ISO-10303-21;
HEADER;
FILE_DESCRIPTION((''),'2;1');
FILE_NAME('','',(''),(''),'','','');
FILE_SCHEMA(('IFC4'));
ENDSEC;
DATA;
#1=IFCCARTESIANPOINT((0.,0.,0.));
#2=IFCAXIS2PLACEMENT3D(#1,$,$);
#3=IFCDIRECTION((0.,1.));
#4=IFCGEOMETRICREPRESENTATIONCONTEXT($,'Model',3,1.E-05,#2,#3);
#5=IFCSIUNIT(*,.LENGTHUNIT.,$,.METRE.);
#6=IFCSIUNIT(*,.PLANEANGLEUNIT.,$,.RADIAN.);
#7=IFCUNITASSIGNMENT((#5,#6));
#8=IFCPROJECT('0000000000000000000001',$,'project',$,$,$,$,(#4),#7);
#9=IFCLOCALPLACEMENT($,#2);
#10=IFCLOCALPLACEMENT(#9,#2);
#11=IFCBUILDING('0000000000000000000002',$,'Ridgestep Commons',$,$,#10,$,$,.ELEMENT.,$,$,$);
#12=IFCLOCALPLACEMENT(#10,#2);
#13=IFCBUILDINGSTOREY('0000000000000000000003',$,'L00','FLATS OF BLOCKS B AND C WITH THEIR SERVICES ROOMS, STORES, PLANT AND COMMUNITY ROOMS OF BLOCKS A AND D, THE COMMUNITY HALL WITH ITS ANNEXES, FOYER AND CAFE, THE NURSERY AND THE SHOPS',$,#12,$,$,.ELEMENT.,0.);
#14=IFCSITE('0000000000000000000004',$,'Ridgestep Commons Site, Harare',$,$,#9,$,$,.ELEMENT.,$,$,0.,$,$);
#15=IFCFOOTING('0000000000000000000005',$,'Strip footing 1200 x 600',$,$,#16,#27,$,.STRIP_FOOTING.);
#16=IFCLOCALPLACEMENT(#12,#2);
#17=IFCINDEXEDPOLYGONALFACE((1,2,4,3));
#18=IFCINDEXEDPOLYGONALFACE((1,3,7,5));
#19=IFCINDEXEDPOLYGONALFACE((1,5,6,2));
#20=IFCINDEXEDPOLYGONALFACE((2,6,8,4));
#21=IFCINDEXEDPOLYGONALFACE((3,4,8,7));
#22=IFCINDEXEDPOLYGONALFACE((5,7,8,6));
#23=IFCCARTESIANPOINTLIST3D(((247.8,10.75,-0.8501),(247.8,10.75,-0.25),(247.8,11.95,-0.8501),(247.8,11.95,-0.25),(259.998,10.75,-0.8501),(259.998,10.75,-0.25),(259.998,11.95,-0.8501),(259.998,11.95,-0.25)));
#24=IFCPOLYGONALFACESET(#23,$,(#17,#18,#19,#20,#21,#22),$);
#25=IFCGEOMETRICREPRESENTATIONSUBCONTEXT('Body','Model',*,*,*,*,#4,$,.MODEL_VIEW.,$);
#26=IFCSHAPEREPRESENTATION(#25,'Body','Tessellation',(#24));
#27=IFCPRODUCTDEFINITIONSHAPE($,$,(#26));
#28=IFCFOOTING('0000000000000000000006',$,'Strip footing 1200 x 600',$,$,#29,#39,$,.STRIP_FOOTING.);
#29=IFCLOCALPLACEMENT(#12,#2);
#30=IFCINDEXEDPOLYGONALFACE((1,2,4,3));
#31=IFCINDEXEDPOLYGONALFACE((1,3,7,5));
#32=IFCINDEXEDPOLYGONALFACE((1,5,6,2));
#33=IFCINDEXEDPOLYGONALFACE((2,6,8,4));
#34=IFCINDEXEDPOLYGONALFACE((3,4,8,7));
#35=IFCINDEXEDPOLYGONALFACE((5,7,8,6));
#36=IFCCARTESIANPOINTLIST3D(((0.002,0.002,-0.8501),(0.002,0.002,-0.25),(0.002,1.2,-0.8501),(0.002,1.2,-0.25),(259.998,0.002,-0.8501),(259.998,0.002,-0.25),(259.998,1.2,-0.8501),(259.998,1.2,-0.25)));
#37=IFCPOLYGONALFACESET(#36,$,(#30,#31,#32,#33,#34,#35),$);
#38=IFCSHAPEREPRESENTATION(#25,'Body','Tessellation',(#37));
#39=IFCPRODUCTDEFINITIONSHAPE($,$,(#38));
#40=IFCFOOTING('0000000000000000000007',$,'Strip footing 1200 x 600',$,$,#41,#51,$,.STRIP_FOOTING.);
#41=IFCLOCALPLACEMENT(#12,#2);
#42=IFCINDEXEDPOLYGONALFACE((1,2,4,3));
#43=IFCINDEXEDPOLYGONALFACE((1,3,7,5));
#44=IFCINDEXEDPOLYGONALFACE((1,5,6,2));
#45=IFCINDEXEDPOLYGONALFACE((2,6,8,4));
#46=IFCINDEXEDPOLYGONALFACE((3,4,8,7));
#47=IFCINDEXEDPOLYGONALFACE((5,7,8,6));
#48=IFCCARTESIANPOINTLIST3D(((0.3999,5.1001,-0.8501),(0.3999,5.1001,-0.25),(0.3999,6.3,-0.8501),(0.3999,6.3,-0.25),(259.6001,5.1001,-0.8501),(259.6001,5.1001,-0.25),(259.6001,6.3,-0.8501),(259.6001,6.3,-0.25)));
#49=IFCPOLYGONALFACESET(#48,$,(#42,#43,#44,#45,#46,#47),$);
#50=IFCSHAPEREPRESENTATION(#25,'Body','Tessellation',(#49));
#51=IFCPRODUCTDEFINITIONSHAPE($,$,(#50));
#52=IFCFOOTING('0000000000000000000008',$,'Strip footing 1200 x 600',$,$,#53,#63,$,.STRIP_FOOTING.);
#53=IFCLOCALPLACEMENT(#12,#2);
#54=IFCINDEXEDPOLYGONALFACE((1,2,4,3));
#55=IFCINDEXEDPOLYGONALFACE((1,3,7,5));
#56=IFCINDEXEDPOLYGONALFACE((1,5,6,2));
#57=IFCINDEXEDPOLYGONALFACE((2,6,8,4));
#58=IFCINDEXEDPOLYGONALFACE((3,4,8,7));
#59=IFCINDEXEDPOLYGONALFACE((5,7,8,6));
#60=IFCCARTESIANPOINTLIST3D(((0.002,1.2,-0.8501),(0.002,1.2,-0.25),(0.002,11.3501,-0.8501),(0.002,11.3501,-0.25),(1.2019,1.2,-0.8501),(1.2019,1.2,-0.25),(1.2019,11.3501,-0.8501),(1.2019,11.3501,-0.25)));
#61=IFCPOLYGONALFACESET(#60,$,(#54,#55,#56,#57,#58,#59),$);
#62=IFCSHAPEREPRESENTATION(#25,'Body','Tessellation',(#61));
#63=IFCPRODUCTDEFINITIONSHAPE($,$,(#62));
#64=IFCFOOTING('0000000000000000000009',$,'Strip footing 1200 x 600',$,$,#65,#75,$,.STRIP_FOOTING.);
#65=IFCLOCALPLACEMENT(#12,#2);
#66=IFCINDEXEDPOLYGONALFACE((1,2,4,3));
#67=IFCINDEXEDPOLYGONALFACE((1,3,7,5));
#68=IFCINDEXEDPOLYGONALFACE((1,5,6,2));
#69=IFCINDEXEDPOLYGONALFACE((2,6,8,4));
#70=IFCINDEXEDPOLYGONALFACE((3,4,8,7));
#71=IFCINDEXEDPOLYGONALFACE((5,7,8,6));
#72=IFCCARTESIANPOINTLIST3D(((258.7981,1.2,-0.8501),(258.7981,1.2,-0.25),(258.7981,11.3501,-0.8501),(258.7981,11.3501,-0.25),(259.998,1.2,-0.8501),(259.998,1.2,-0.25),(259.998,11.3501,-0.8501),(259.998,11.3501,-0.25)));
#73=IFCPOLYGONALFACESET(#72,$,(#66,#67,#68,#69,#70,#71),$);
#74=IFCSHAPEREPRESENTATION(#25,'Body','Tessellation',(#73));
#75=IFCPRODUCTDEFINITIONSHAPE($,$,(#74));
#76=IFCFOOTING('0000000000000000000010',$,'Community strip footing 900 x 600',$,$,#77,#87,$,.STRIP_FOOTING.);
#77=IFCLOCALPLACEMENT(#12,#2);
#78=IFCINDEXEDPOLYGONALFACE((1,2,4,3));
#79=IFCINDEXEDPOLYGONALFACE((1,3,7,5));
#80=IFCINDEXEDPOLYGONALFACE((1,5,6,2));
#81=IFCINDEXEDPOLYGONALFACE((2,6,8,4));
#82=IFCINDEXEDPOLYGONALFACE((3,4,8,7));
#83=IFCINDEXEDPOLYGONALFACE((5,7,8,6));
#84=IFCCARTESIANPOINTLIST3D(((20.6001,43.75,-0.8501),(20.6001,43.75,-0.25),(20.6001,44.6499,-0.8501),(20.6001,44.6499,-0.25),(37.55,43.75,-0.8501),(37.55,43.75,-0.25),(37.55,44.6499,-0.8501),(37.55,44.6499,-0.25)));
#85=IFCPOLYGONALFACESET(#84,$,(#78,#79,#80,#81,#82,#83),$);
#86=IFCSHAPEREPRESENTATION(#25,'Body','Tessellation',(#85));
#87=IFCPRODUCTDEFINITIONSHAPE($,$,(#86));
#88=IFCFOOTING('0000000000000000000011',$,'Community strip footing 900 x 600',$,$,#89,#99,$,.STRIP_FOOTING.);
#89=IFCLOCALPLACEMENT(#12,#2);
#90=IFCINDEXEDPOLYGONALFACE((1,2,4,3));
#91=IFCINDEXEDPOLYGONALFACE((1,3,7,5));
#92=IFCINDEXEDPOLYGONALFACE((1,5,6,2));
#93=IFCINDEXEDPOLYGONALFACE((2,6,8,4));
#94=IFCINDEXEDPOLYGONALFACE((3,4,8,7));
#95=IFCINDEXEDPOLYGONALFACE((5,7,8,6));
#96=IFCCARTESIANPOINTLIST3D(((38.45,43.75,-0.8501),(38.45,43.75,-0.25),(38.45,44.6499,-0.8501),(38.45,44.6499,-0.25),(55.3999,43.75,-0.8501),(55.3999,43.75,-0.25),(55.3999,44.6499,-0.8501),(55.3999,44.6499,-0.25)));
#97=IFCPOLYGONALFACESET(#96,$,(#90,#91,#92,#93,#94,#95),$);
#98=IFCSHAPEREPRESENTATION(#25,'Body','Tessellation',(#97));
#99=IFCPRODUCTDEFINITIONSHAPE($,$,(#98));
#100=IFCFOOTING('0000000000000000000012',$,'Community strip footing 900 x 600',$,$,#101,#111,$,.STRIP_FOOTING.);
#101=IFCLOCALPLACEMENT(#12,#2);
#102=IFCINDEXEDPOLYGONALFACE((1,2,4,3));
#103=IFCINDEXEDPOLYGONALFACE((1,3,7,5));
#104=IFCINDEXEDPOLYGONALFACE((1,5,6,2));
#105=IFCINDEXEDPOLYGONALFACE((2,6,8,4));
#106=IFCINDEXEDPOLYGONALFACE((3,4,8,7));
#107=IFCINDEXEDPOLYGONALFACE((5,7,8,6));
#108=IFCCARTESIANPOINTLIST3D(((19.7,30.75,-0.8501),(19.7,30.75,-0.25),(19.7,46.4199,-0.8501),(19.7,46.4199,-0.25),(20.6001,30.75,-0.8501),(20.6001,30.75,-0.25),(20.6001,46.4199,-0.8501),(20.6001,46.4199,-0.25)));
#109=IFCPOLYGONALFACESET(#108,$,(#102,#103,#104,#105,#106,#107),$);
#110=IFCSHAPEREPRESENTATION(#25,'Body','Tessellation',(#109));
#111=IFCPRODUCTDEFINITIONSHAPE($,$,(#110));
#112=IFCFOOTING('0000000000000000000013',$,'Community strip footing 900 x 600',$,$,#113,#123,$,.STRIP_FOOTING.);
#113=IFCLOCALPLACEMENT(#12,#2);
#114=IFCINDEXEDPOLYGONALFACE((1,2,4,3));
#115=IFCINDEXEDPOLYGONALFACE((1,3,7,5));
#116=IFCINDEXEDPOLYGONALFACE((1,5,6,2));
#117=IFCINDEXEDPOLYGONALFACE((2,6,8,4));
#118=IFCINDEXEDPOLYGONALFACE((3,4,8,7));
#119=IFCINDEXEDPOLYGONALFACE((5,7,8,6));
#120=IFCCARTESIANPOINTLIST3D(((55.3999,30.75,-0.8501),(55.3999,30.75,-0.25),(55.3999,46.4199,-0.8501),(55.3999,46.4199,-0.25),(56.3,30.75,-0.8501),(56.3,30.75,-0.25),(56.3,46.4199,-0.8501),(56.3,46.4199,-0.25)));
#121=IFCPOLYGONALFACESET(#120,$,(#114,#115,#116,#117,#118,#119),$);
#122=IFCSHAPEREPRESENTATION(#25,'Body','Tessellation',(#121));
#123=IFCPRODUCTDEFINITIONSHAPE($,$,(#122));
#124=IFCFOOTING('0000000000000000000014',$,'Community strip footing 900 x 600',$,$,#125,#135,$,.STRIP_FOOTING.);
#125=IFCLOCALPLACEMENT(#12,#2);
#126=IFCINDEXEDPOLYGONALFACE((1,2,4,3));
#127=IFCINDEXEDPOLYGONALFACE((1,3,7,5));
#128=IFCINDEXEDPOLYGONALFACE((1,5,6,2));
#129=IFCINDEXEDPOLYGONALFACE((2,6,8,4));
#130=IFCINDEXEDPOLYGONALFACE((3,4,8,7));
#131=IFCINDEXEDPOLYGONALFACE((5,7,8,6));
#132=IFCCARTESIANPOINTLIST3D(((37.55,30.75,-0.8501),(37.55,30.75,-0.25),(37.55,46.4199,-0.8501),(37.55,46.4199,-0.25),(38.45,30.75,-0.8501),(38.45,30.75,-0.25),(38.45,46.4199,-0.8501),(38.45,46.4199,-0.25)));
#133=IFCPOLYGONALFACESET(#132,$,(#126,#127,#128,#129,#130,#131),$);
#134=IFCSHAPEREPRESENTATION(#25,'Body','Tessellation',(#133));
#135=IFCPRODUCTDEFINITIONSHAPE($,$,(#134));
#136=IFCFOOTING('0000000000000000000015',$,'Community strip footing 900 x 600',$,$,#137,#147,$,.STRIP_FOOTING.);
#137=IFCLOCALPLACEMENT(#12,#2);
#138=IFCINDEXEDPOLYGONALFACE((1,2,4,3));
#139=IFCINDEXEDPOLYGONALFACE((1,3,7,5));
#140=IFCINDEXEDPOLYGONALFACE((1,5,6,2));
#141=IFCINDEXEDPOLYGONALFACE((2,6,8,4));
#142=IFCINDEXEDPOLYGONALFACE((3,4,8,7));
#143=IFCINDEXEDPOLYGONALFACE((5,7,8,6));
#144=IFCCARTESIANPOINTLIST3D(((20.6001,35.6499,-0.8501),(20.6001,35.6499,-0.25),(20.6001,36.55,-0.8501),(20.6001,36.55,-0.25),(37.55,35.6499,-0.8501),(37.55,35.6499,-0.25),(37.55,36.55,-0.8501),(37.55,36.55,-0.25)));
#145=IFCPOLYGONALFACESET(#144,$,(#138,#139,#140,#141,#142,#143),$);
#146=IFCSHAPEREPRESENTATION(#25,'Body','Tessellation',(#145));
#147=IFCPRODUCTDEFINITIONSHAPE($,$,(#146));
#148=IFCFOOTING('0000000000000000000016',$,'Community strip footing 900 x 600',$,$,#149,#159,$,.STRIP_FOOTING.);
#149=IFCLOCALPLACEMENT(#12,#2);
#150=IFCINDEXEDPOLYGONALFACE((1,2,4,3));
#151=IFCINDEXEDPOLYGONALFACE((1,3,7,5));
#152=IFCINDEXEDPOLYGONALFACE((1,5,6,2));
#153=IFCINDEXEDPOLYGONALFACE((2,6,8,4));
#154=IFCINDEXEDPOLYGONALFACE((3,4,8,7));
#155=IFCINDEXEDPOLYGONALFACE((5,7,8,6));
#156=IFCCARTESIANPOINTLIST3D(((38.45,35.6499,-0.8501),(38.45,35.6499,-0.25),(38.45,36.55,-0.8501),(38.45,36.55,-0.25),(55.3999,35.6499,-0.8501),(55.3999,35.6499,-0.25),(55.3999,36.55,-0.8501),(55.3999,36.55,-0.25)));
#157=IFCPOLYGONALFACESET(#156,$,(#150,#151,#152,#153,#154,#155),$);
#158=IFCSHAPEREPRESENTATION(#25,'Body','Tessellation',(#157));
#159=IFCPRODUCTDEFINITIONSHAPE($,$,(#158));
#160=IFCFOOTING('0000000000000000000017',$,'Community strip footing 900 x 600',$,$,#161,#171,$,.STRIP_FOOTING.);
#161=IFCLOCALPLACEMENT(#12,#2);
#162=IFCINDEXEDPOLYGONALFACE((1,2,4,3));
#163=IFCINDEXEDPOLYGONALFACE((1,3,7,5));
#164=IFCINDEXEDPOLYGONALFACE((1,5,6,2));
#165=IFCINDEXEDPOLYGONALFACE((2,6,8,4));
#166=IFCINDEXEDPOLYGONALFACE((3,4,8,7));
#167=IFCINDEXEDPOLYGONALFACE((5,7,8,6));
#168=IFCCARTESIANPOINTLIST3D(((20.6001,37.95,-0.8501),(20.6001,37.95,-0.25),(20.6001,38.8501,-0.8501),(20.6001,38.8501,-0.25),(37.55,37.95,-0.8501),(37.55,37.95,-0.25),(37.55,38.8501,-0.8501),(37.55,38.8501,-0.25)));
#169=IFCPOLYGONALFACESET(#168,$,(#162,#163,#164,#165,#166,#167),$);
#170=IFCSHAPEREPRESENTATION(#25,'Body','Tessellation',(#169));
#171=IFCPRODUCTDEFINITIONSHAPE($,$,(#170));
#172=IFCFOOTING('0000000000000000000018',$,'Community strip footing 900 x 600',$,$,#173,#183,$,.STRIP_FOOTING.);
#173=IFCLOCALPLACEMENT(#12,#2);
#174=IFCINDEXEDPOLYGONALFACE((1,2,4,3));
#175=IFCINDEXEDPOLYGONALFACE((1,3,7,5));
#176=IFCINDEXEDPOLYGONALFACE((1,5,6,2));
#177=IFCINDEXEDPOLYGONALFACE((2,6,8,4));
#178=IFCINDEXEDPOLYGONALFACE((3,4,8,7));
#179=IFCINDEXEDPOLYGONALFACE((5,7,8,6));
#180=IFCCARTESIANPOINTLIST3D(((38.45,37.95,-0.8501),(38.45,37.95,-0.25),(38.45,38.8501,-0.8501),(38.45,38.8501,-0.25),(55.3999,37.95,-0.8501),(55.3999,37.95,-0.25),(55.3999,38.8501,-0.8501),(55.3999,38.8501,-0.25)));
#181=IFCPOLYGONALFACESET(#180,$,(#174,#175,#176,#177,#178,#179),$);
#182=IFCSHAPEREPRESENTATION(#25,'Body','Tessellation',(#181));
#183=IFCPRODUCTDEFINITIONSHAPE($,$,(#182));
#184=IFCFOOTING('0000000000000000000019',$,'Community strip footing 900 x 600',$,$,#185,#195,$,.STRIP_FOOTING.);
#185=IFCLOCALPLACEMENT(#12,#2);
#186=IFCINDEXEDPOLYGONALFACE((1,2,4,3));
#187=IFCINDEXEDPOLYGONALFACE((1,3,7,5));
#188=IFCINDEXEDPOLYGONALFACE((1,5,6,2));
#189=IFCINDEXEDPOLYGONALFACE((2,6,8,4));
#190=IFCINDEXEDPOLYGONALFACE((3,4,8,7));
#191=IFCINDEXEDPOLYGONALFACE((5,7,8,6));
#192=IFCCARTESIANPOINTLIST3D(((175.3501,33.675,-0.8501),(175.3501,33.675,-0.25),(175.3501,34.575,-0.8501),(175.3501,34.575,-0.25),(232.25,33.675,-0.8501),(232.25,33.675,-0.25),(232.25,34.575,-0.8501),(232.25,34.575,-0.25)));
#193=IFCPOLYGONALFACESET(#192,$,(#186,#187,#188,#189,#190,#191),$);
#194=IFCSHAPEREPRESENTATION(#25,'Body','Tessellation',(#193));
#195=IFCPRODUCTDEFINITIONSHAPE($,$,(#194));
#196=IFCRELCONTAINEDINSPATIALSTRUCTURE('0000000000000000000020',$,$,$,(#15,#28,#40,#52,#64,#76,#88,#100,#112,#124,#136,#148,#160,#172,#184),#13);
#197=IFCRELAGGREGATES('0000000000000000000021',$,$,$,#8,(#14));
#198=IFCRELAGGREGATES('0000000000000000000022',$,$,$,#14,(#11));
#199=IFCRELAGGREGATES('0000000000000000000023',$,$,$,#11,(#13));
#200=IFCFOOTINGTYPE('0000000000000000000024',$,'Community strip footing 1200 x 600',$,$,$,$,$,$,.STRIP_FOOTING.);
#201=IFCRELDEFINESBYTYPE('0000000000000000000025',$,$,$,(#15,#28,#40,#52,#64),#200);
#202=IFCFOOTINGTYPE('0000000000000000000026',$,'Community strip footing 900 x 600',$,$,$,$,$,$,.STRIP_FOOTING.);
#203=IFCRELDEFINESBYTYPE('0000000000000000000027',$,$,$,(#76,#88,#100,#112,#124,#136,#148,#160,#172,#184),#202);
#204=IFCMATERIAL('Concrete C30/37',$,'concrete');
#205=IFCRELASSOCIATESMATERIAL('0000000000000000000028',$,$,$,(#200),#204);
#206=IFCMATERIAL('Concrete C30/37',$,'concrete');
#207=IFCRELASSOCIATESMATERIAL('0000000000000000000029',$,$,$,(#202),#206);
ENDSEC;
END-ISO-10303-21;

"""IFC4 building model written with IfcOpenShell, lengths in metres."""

from ifc_helpers import new_model, si_unit, direction, frame, origin, place, context, subcontext, project, spatial, polyline, outline, extrude, material, type_object, element, save


model = new_model("IFC4")

# Units and contexts
model_context = context("Model", 3, precision=1e-05, world=origin(), true_north=direction((0.0, 1.0)))
body_context = subcontext(model_context, "Body", "Model", "MODEL_VIEW")
ifc_project = project(units=[si_unit("LENGTHUNIT", "METRE"), si_unit("PLANEANGLEUNIT", "RADIAN")], contexts=[model_context])

# Site, building, storey
site_placement = place(None, origin())
site = spatial("IfcSite", under=ifc_project, at=site_placement, Name="Ridgestep Commons Site, Harare", CompositionType="ELEMENT", RefElevation=0.0)
building_placement = place(site_placement, origin())
building = spatial("IfcBuilding", under=site, at=building_placement, Name="Ridgestep Commons", CompositionType="ELEMENT")
storey_placement = place(building_placement, origin())
storey = spatial("IfcBuildingStorey", under=building, at=storey_placement, Name="L00", Description="FLATS OF BLOCKS B AND C WITH THEIR SERVICES ROOMS, STORES, PLANT AND COMMUNITY ROOMS OF BLOCKS A AND D, THE COMMUNITY HALL WITH ITS ANNEXES, FOYER AND CAFE, THE NURSERY AND THE SHOPS", CompositionType="ELEMENT", Elevation=0.0)

# Footings
ifc_material_1 = material(Name="Concrete C30/37", Category="concrete")
footing_type_1 = type_object("IfcFootingType", Name="Community strip footing 1200 x 600", PredefinedType="STRIP_FOOTING", material=ifc_material_1)
footing_1_placement = place(storey_placement, frame((0.0, 0.0, -0.8501)))
element("IfcFooting", 1, at=footing_1_placement, inside=storey, type_object=footing_type_1, Name="Strip footing 1200 x 600", PredefinedType="STRIP_FOOTING", context=body_context, shape_type="SweptSolid", body=[
    extrude(outline(polyline([(247.8, 10.75), (259.998, 10.75), (259.998, 11.95), (247.8, 11.95), (247.8, 10.75)])), origin(), (0.0, 0.0, 1.0), 0.6001),
])
footing_2_placement = place(storey_placement, frame((0.0, 0.0, -0.8501)))
element("IfcFooting", 2, at=footing_2_placement, inside=storey, type_object=footing_type_1, Name="Strip footing 1200 x 600", PredefinedType="STRIP_FOOTING", context=body_context, shape_type="SweptSolid", body=[
    extrude(outline(polyline([(0.002, 0.002), (259.998, 0.002), (259.998, 1.2), (0.002, 1.2), (0.002, 0.002)])), origin(), (0.0, 0.0, 1.0), 0.6001),
])
footing_3_placement = place(storey_placement, frame((0.0, 0.0, -0.8501)))
element("IfcFooting", 3, at=footing_3_placement, inside=storey, type_object=footing_type_1, Name="Strip footing 1200 x 600", PredefinedType="STRIP_FOOTING", context=body_context, shape_type="SweptSolid", body=[
    extrude(outline(polyline([(0.3999, 5.1001), (259.6001, 5.1001), (259.6001, 6.3), (0.3999, 6.3), (0.3999, 5.1001)])), origin(), (0.0, 0.0, 1.0), 0.6001),
])
footing_4_placement = place(storey_placement, frame((0.0, 0.0, -0.8501)))
element("IfcFooting", 4, at=footing_4_placement, inside=storey, type_object=footing_type_1, Name="Strip footing 1200 x 600", PredefinedType="STRIP_FOOTING", context=body_context, shape_type="SweptSolid", body=[
    extrude(outline(polyline([(0.002, 1.2), (1.2019, 1.2), (1.2019, 11.3501), (0.002, 11.3501), (0.002, 1.2)])), origin(), (0.0, 0.0, 1.0), 0.6001),
])
footing_5_placement = place(storey_placement, frame((0.0, 0.0, -0.8501)))
element("IfcFooting", 5, at=footing_5_placement, inside=storey, type_object=footing_type_1, Name="Strip footing 1200 x 600", PredefinedType="STRIP_FOOTING", context=body_context, shape_type="SweptSolid", body=[
    extrude(outline(polyline([(258.7981, 1.2), (259.998, 1.2), (259.998, 11.3501), (258.7981, 11.3501), (258.7981, 1.2)])), origin(), (0.0, 0.0, 1.0), 0.6001),
])
ifc_material_2 = material(Name="Concrete C30/37", Category="concrete")
footing_type_2 = type_object("IfcFootingType", Name="Community strip footing 900 x 600", PredefinedType="STRIP_FOOTING", material=ifc_material_2)
footing_6_placement = place(storey_placement, frame((0.0, 0.0, -0.8501)))
element("IfcFooting", 6, at=footing_6_placement, inside=storey, type_object=footing_type_2, Name="Community strip footing 900 x 600", PredefinedType="STRIP_FOOTING", context=body_context, shape_type="SweptSolid", body=[
    extrude(outline(polyline([(20.6001, 43.75), (37.55, 43.75), (37.55, 44.6499), (20.6001, 44.6499), (20.6001, 43.75)])), origin(), (0.0, 0.0, 1.0), 0.6001),
])
footing_7_placement = place(storey_placement, frame((0.0, 0.0, -0.8501)))
element("IfcFooting", 7, at=footing_7_placement, inside=storey, type_object=footing_type_2, Name="Community strip footing 900 x 600", PredefinedType="STRIP_FOOTING", context=body_context, shape_type="SweptSolid", body=[
    extrude(outline(polyline([(38.45, 43.75), (55.3999, 43.75), (55.3999, 44.6499), (38.45, 44.6499), (38.45, 43.75)])), origin(), (0.0, 0.0, 1.0), 0.6001),
])
footing_8_placement = place(storey_placement, frame((0.0, 0.0, -0.8501)))
element("IfcFooting", 8, at=footing_8_placement, inside=storey, type_object=footing_type_2, Name="Community strip footing 900 x 600", PredefinedType="STRIP_FOOTING", context=body_context, shape_type="SweptSolid", body=[
    extrude(outline(polyline([(19.7, 30.75), (20.6001, 30.75), (20.6001, 46.4199), (19.7, 46.4199), (19.7, 30.75)])), origin(), (0.0, 0.0, 1.0), 0.6001),
])
footing_9_placement = place(storey_placement, frame((0.0, 0.0, -0.8501)))
element("IfcFooting", 9, at=footing_9_placement, inside=storey, type_object=footing_type_2, Name="Community strip footing 900 x 600", PredefinedType="STRIP_FOOTING", context=body_context, shape_type="SweptSolid", body=[
    extrude(outline(polyline([(55.3999, 30.75), (56.3, 30.75), (56.3, 46.4199), (55.3999, 46.4199), (55.3999, 30.75)])), origin(), (0.0, 0.0, 1.0), 0.6001),
])
footing_10_placement = place(storey_placement, frame((0.0, 0.0, -0.8501)))
element("IfcFooting", 10, at=footing_10_placement, inside=storey, type_object=footing_type_2, Name="Community strip footing 900 x 600", PredefinedType="STRIP_FOOTING", context=body_context, shape_type="SweptSolid", body=[
    extrude(outline(polyline([(37.55, 30.75), (38.45, 30.75), (38.45, 46.4199), (37.55, 46.4199), (37.55, 30.75)])), origin(), (0.0, 0.0, 1.0), 0.6001),
])
footing_11_placement = place(storey_placement, frame((0.0, 0.0, -0.8501)))
element("IfcFooting", 11, at=footing_11_placement, inside=storey, type_object=footing_type_2, Name="Community strip footing 900 x 600", PredefinedType="STRIP_FOOTING", context=body_context, shape_type="SweptSolid", body=[
    extrude(outline(polyline([(20.6001, 35.6499), (37.55, 35.6499), (37.55, 36.55), (20.6001, 36.55), (20.6001, 35.6499)])), origin(), (0.0, 0.0, 1.0), 0.6001),
])
footing_12_placement = place(storey_placement, frame((0.0, 0.0, -0.8501)))
element("IfcFooting", 12, at=footing_12_placement, inside=storey, type_object=footing_type_2, Name="Community strip footing 900 x 600", PredefinedType="STRIP_FOOTING", context=body_context, shape_type="SweptSolid", body=[
    extrude(outline(polyline([(38.45, 35.6499), (55.3999, 35.6499), (55.3999, 36.55), (38.45, 36.55), (38.45, 35.6499)])), origin(), (0.0, 0.0, 1.0), 0.6001),
])
footing_13_placement = place(storey_placement, frame((0.0, 0.0, -0.8501)))
element("IfcFooting", 13, at=footing_13_placement, inside=storey, type_object=footing_type_2, Name="Community strip footing 900 x 600", PredefinedType="STRIP_FOOTING", context=body_context, shape_type="SweptSolid", body=[
    extrude(outline(polyline([(20.6001, 37.95), (37.55, 37.95), (37.55, 38.8501), (20.6001, 38.8501), (20.6001, 37.95)])), origin(), (0.0, 0.0, 1.0), 0.6001),
])
footing_14_placement = place(storey_placement, frame((0.0, 0.0, -0.8501)))
element("IfcFooting", 14, at=footing_14_placement, inside=storey, type_object=footing_type_2, Name="Community strip footing 900 x 600", PredefinedType="STRIP_FOOTING", context=body_context, shape_type="SweptSolid", body=[
    extrude(outline(polyline([(38.45, 37.95), (55.3999, 37.95), (55.3999, 38.8501), (38.45, 38.8501), (38.45, 37.95)])), origin(), (0.0, 0.0, 1.0), 0.6001),
])
footing_15_placement = place(storey_placement, frame((0.0, 0.0, -0.8501)))
element("IfcFooting", 15, at=footing_15_placement, inside=storey, type_object=footing_type_2, Name="Community strip footing 900 x 600", PredefinedType="STRIP_FOOTING", context=body_context, shape_type="SweptSolid", body=[
    extrude(outline(polyline([(175.3501, 33.675), (232.25, 33.675), (232.25, 34.575), (175.3501, 34.575), (175.3501, 33.675)])), origin(), (0.0, 0.0, 1.0), 0.6001),
])

save(model, "model.ifc")
